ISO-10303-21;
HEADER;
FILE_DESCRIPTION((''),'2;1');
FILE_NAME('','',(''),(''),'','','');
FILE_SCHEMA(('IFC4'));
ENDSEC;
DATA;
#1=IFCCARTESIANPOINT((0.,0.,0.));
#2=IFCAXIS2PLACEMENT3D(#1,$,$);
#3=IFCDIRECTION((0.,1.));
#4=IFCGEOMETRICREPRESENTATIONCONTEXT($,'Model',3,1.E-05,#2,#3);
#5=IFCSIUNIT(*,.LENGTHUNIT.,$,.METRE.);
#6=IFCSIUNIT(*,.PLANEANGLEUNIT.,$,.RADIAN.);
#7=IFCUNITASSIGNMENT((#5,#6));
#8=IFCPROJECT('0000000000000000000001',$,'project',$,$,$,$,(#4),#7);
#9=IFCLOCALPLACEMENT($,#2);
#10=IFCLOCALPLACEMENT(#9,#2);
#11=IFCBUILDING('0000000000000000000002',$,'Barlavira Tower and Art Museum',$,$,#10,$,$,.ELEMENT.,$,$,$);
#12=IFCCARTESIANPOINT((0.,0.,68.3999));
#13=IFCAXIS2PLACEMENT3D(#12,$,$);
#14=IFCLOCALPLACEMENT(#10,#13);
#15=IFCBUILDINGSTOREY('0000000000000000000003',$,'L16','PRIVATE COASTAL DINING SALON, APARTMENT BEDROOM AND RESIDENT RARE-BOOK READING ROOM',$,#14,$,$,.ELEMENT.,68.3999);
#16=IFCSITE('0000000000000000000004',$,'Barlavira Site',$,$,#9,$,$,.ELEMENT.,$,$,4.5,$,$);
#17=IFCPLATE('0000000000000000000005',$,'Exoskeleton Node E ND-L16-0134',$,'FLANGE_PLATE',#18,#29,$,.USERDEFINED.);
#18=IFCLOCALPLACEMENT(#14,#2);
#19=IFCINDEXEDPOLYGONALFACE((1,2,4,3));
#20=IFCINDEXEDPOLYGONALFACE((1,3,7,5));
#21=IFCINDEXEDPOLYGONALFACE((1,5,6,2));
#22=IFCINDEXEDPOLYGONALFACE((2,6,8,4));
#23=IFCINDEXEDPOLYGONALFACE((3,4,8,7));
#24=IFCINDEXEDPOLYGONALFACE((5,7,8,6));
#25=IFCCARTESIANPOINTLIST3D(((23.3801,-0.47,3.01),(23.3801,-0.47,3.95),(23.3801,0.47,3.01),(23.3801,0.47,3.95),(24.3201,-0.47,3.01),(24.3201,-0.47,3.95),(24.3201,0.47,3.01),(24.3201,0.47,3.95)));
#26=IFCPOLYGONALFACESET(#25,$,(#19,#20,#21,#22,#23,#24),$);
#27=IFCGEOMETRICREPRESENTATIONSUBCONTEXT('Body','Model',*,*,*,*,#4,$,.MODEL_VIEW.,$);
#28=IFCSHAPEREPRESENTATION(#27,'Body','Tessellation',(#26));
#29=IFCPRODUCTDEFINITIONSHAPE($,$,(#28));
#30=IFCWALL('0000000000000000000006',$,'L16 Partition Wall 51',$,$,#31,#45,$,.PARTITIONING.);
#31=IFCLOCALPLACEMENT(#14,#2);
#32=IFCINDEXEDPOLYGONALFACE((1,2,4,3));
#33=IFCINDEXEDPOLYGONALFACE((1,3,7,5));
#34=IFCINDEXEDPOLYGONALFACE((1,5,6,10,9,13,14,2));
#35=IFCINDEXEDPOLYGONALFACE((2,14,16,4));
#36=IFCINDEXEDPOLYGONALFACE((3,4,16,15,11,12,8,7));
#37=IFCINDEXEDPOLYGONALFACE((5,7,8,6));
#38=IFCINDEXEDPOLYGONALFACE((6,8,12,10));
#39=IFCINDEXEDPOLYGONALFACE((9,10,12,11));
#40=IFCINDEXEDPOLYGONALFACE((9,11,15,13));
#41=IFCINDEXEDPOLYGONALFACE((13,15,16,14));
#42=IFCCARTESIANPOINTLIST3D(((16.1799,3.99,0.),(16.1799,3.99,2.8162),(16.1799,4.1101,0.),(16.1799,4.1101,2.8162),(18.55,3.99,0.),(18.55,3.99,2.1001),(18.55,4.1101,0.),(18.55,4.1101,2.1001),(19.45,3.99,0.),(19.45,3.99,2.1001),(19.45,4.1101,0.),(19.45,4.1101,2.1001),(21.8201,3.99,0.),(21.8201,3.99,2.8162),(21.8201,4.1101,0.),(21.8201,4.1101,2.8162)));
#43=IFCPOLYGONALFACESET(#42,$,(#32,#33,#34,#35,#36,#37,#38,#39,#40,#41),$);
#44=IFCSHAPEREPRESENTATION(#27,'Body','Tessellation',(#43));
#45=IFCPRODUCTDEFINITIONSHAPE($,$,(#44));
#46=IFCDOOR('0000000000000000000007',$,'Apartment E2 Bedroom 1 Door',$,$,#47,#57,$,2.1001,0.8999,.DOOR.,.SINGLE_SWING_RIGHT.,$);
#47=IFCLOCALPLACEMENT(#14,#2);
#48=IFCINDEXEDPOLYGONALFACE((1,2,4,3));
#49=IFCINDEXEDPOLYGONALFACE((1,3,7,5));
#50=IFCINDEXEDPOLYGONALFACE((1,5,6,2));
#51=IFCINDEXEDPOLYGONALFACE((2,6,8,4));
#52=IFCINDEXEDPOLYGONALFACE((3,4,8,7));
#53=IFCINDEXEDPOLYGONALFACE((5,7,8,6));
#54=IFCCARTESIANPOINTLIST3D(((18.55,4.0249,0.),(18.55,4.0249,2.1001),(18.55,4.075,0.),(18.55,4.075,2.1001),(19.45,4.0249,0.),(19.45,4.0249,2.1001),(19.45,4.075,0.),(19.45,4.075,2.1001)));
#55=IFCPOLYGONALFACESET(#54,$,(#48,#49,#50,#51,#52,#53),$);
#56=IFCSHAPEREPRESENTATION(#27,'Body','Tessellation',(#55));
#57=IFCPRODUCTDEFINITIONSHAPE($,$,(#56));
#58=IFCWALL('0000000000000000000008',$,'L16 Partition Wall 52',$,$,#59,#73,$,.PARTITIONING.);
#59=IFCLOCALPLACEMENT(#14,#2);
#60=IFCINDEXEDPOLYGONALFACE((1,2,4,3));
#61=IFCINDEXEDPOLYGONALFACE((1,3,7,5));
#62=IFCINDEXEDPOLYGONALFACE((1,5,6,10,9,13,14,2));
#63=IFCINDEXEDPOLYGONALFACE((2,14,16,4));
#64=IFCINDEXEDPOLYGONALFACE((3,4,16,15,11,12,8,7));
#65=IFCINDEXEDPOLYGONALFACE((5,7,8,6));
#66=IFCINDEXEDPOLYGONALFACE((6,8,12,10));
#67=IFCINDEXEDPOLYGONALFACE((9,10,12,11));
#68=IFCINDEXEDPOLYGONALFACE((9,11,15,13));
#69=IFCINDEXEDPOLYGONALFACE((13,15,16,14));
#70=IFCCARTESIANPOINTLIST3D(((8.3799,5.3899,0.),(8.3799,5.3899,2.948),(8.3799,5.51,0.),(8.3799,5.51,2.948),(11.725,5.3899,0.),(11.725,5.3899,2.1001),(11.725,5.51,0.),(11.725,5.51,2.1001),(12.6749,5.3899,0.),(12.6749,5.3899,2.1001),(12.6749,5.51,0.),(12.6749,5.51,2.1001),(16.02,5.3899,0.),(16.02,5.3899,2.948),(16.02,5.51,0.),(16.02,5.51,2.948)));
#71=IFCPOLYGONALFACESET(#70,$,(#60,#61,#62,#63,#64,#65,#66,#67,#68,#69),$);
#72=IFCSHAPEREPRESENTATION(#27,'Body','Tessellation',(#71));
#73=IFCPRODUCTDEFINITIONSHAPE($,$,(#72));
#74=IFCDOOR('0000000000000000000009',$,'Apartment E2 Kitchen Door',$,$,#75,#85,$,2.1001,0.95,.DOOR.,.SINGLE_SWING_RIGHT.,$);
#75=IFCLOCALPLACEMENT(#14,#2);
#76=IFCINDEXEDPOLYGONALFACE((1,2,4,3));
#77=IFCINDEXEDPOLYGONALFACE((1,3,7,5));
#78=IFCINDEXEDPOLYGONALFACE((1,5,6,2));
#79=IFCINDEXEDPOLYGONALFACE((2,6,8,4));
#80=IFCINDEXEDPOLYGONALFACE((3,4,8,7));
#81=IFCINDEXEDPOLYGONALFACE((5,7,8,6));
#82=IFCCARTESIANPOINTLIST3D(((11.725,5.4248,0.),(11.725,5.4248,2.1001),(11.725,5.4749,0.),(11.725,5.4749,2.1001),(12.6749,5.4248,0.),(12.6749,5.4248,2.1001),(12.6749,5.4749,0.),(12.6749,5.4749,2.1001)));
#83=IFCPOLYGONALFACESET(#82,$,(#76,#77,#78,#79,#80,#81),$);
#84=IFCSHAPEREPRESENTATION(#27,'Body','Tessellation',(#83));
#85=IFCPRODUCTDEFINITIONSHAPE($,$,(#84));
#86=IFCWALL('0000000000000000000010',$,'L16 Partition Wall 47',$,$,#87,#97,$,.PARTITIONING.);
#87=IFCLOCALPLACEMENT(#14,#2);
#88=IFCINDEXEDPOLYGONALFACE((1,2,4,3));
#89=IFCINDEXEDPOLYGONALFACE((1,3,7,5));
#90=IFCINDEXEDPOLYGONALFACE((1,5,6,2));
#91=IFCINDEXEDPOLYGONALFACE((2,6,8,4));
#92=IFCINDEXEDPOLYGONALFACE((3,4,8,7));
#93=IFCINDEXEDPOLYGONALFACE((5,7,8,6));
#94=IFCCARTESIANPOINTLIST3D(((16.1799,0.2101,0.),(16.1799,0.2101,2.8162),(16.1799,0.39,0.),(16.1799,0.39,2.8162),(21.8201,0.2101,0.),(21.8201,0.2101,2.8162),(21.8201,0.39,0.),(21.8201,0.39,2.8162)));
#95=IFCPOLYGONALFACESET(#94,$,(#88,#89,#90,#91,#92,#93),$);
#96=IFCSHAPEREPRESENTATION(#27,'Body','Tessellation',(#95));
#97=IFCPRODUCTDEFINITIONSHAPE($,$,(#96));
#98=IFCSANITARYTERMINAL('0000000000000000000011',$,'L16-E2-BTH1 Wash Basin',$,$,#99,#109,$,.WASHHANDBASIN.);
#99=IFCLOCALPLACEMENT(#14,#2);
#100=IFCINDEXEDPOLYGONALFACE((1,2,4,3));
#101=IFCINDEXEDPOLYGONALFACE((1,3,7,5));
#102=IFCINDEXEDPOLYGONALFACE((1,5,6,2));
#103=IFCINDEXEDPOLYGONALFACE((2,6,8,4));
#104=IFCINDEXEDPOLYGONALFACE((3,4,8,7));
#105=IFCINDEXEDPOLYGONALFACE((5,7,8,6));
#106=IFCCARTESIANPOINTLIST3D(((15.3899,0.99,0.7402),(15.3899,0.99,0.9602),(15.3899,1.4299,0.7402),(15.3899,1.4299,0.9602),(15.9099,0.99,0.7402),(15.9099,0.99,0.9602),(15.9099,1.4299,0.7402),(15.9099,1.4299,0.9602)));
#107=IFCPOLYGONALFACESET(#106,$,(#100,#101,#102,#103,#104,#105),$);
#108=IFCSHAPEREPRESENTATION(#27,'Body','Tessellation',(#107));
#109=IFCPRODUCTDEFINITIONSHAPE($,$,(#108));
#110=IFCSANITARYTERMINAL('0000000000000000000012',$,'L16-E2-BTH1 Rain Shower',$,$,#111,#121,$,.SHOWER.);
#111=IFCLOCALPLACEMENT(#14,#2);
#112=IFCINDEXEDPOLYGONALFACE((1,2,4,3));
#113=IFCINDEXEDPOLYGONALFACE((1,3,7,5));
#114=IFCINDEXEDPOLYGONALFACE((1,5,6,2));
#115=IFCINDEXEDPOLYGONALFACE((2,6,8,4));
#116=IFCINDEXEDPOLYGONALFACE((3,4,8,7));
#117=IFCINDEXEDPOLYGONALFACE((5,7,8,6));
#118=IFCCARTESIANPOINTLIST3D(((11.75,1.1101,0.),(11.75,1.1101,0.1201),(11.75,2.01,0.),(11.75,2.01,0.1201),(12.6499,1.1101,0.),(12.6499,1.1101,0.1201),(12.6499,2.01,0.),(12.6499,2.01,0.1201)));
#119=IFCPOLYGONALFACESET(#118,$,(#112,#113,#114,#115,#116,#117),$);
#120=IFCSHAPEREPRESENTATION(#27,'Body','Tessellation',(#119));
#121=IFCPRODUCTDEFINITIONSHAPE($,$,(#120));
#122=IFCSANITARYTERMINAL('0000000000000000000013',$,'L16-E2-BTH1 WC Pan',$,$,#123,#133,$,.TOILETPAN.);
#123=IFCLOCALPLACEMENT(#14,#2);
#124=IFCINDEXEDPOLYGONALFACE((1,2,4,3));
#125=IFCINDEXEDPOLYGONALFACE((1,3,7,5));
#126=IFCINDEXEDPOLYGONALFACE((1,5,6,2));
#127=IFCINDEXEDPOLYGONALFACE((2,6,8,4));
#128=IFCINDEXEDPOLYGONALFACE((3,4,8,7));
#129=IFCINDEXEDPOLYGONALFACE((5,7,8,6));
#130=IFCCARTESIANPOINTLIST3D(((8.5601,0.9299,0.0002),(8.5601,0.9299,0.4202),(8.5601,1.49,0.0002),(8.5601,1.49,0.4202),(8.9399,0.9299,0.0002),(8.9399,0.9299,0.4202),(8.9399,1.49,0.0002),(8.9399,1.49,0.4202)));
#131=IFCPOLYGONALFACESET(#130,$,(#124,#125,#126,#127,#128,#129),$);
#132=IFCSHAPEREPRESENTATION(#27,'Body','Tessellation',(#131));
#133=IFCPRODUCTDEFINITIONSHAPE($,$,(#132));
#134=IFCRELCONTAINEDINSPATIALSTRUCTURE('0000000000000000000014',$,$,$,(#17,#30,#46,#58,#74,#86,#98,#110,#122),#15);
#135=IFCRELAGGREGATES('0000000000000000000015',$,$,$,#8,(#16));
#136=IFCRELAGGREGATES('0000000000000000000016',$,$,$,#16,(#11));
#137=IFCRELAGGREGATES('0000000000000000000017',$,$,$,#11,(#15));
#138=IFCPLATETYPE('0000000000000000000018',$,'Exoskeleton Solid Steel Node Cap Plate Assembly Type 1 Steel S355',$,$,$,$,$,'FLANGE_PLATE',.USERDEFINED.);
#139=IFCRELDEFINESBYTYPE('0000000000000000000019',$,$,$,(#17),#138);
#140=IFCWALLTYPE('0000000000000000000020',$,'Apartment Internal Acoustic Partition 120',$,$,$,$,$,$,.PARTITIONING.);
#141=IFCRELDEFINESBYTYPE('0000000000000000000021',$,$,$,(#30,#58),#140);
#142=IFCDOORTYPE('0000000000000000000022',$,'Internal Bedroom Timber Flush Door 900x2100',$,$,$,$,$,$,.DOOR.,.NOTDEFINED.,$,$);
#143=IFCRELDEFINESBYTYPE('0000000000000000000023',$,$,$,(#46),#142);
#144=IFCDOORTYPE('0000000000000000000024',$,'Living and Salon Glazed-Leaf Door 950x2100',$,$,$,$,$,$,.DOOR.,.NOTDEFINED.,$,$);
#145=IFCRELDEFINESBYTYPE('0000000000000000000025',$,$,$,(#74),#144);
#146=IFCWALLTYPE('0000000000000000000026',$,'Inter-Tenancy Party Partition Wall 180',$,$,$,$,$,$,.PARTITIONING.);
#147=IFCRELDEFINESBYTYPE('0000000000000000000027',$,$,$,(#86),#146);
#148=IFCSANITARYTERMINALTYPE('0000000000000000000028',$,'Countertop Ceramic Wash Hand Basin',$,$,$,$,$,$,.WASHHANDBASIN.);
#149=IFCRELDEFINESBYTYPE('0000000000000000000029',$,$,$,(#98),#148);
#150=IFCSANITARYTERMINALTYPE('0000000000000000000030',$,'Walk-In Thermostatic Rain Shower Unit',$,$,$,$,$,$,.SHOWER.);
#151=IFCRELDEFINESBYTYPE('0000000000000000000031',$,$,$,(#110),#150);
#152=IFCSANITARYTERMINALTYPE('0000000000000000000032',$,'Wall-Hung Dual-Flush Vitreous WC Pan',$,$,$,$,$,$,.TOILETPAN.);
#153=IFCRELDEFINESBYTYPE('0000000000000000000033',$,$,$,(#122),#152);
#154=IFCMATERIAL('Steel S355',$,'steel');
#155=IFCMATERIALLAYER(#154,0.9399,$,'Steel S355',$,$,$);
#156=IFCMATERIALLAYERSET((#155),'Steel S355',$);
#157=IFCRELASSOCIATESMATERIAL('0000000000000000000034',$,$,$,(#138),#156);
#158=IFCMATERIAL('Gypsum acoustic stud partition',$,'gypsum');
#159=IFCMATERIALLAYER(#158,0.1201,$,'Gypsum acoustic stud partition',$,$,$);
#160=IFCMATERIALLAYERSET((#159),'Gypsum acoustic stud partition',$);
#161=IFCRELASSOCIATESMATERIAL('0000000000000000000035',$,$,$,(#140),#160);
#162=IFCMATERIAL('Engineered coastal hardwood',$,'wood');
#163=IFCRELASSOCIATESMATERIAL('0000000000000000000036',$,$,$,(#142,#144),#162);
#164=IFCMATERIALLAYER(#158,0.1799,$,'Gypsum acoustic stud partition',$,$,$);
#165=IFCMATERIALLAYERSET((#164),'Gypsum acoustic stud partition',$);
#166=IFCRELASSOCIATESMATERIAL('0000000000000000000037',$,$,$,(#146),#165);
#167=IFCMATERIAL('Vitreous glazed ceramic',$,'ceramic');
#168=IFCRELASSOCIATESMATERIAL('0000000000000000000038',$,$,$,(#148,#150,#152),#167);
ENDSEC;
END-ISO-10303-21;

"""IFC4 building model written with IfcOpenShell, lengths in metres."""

from ifc_helpers import new_model, si_unit, direction, frame, frame_2d, origin, origin_2d, place, context, subcontext, project, spatial, rectangle, extrude, material, layer, layer_set, type_object, element, fill, save


model = new_model("IFC4")

# Units and contexts
model_context = context("Model", 3, precision=1e-05, world=origin(), true_north=direction((0.0, 1.0)))
body_context = subcontext(model_context, "Body", "Model", "MODEL_VIEW")
ifc_project = project(units=[si_unit("LENGTHUNIT", "METRE"), si_unit("PLANEANGLEUNIT", "RADIAN")], contexts=[model_context])

# Site, building, storey
site_placement = place(None, origin())
site = spatial("IfcSite", under=ifc_project, at=site_placement, Name="Barlavira Site", CompositionType="ELEMENT", RefElevation=4.5)
building_placement = place(site_placement, origin())
building = spatial("IfcBuilding", under=site, at=building_placement, Name="Barlavira Tower and Art Museum", CompositionType="ELEMENT")
storey_placement = place(building_placement, frame((0.0, 0.0, 68.3999)))
storey = spatial("IfcBuildingStorey", under=building, at=storey_placement, Name="L16", Description="PRIVATE COASTAL DINING SALON, APARTMENT BEDROOM AND RESIDENT RARE-BOOK READING ROOM", CompositionType="ELEMENT", Elevation=68.3999)

# Shared definitions
ifc_material_1 = material(Name="Steel S355", Category="steel")

# Plate
ifc_layer_1 = layer(ifc_material_1, 0.9399, Name="Steel S355")
ifc_layer_set_1 = layer_set([ifc_layer_1], Name="Steel S355")
plate_type_1 = type_object("IfcPlateType", Name="Exoskeleton Solid Steel Node Cap Plate Assembly Type 1 Steel S355", ElementType="FLANGE_PLATE", PredefinedType="USERDEFINED", material=ifc_layer_set_1)
plate_1_placement = place(storey_placement, frame((23.8501, 0.0, 3.01), z_axis=(0.0, 0.0, 1.0), x_axis=(1.0, 0.0, 0.0)))
element("IfcPlate", 1, at=plate_1_placement, inside=storey, type_object=plate_type_1, Name="Exoskeleton Node E ND-L16-0134", ObjectType="FLANGE_PLATE", PredefinedType="USERDEFINED", context=body_context, shape_type="SweptSolid", body=[
    extrude(rectangle(XDim=0.9399, YDim=0.9399, at=origin_2d()), origin(), (0.0, 0.0, 1.0), 0.9399),
])

# Walls, openings, doors
ifc_material_2 = material(Name="Gypsum acoustic stud partition", Category="gypsum")
ifc_layer_2 = layer(ifc_material_2, 0.1201, Name="Gypsum acoustic stud partition")
ifc_layer_set_2 = layer_set([ifc_layer_2], Name="Gypsum acoustic stud partition")
wall_type_1 = type_object("IfcWallType", Name="Apartment Internal Acoustic Partition 120", PredefinedType="PARTITIONING", material=ifc_layer_set_2)
wall_1_placement = place(storey_placement, frame((16.1799, 4.05, 0.0), z_axis=(0.0, 0.0, 1.0), x_axis=(1.0, 0.0, 0.0)))
wall_1 = element("IfcWall", 2, at=wall_1_placement, inside=storey, type_object=wall_type_1, Name="L16 Partition Wall 51", PredefinedType="PARTITIONING", context=body_context, shape_type="SweptSolid", body=[
    extrude(rectangle(XDim=5.6401, YDim=0.1201, at=frame_2d((2.8201, 0.0))), origin(), (0.0, 0.0, 1.0), 2.8162),
])
opening_1_placement = place(wall_1_placement, frame((2.3701, 0.0, 0.0)))
opening_1 = element("IfcOpeningElement", 3, at=opening_1_placement, cuts=wall_1, PredefinedType="OPENING", context=body_context, shape_type="SweptSolid", body=[
    extrude(rectangle(XDim=0.8999, YDim=2.1001, at=frame_2d((0.45, 1.05))), frame((0.0, 0.0701, 0.0), z_axis=(0.0, -1.0, 0.0), x_axis=(1.0, 0.0, 0.0)), (0.0, 0.0, 1.0), 0.1401),
])
ifc_material_3 = material(Name="Engineered coastal hardwood", Category="wood")
door_type_1 = type_object("IfcDoorType", Name="Internal Bedroom Timber Flush Door 900x2100", OperationType="NOTDEFINED", PredefinedType="DOOR", material=ifc_material_3)
door_1_placement = place(opening_1_placement, origin())
door_1 = element("IfcDoor", 4, at=door_1_placement, inside=storey, type_object=door_type_1, Name="Apartment E2 Bedroom 1 Door", OperationType="SINGLE_SWING_RIGHT", OverallHeight=2.1001, OverallWidth=0.8999, PredefinedType="DOOR", context=body_context, shape_type="SweptSolid", body=[
    extrude(rectangle(XDim=0.8999, YDim=2.1001, at=frame_2d((0.45, 1.05))), frame((0.0, 0.0249, 0.0), z_axis=(0.0, -1.0, 0.0), x_axis=(1.0, 0.0, 0.0)), (0.0, 0.0, 1.0), 0.05),
])
fill(opening_1, door_1)
wall_2_placement = place(storey_placement, frame((8.3799, 5.45, 0.0), z_axis=(0.0, 0.0, 1.0), x_axis=(1.0, 0.0, 0.0)))
wall_2 = element("IfcWall", 5, at=wall_2_placement, inside=storey, type_object=wall_type_1, Name="L16 Partition Wall 52", PredefinedType="PARTITIONING", context=body_context, shape_type="SweptSolid", body=[
    extrude(rectangle(XDim=7.6401, YDim=0.1201, at=frame_2d((3.8201, 0.0))), origin(), (0.0, 0.0, 1.0), 2.948),
])
opening_2_placement = place(wall_2_placement, frame((3.345, 0.0, 0.0)))
opening_2 = element("IfcOpeningElement", 6, at=opening_2_placement, cuts=wall_2, PredefinedType="OPENING", context=body_context, shape_type="SweptSolid", body=[
    extrude(rectangle(XDim=0.95, YDim=2.1001, at=frame_2d((0.4751, 1.05))), frame((0.0, 0.0701, 0.0), z_axis=(0.0, -1.0, 0.0), x_axis=(1.0, 0.0, 0.0)), (0.0, 0.0, 1.0), 0.1401),
])
door_type_2 = type_object("IfcDoorType", Name="Living and Salon Glazed-Leaf Door 950x2100", OperationType="NOTDEFINED", PredefinedType="DOOR", material=ifc_material_3)
door_2_placement = place(opening_2_placement, origin())
door_2 = element("IfcDoor", 7, at=door_2_placement, inside=storey, type_object=door_type_2, Name="Apartment E2 Kitchen Door", OperationType="SINGLE_SWING_RIGHT", OverallHeight=2.1001, OverallWidth=0.95, PredefinedType="DOOR", context=body_context, shape_type="SweptSolid", body=[
    extrude(rectangle(XDim=0.95, YDim=2.1001, at=frame_2d((0.4751, 1.05))), frame((0.0, 0.0249, 0.0), z_axis=(0.0, -1.0, 0.0), x_axis=(1.0, 0.0, 0.0)), (0.0, 0.0, 1.0), 0.05),
])
fill(opening_2, door_2)

# Wall
ifc_layer_3 = layer(ifc_material_2, 0.1799, Name="Gypsum acoustic stud partition")
ifc_layer_set_3 = layer_set([ifc_layer_3], Name="Gypsum acoustic stud partition")
wall_type_2 = type_object("IfcWallType", Name="Inter-Tenancy Party Partition Wall 180", PredefinedType="PARTITIONING", material=ifc_layer_set_3)
wall_3_placement = place(storey_placement, frame((16.1799, 0.3, 0.0), z_axis=(0.0, 0.0, 1.0), x_axis=(1.0, 0.0, 0.0)))
element("IfcWall", 8, at=wall_3_placement, inside=storey, type_object=wall_type_2, Name="L16 Partition Wall 47", PredefinedType="PARTITIONING", context=body_context, shape_type="SweptSolid", body=[
    extrude(rectangle(XDim=5.6401, YDim=0.1799, at=frame_2d((2.8201, 0.0))), origin(), (0.0, 0.0, 1.0), 2.8162),
])

# Sanitary terminals
ifc_material_4 = material(Name="Vitreous glazed ceramic", Category="ceramic")
sanitary_terminal_type_1 = type_object("IfcSanitaryTerminalType", Name="Countertop Ceramic Wash Hand Basin", PredefinedType="WASHHANDBASIN", material=ifc_material_4)
sanitary_terminal_1_placement = place(storey_placement, frame((15.6499, 1.21, 0.7402), z_axis=(0.0, 0.0, 1.0), x_axis=(1.0, 0.0, 0.0)))
element("IfcSanitaryTerminal", 9, at=sanitary_terminal_1_placement, inside=storey, type_object=sanitary_terminal_type_1, Name="L16-E2-BTH1 Wash Basin", PredefinedType="WASHHANDBASIN", context=body_context, shape_type="SweptSolid", body=[
    extrude(rectangle(XDim=0.52, YDim=0.4399, at=origin_2d()), origin(), (0.0, 0.0, 1.0), 0.22),
])
sanitary_terminal_type_2 = type_object("IfcSanitaryTerminalType", Name="Walk-In Thermostatic Rain Shower Unit", PredefinedType="SHOWER", material=ifc_material_4)
sanitary_terminal_2_placement = place(storey_placement, frame((12.2, 1.5601, 0.0), z_axis=(0.0, 0.0, 1.0), x_axis=(1.0, 0.0, 0.0)))
element("IfcSanitaryTerminal", 10, at=sanitary_terminal_2_placement, inside=storey, type_object=sanitary_terminal_type_2, Name="L16-E2-BTH1 Rain Shower", PredefinedType="SHOWER", context=body_context, shape_type="SweptSolid", body=[
    extrude(rectangle(XDim=0.8999, YDim=0.8999, at=origin_2d()), origin(), (0.0, 0.0, 1.0), 0.1201),
])
sanitary_terminal_type_3 = type_object("IfcSanitaryTerminalType", Name="Wall-Hung Dual-Flush Vitreous WC Pan", PredefinedType="TOILETPAN", material=ifc_material_4)
sanitary_terminal_3_placement = place(storey_placement, frame((8.75, 1.21, 0.0002), z_axis=(0.0, 0.0, 1.0), x_axis=(1.0, 0.0, 0.0)))
element("IfcSanitaryTerminal", 11, at=sanitary_terminal_3_placement, inside=storey, type_object=sanitary_terminal_type_3, Name="L16-E2-BTH1 WC Pan", PredefinedType="TOILETPAN", context=body_context, shape_type="SweptSolid", body=[
    extrude(rectangle(XDim=0.3799, YDim=0.5601, at=origin_2d()), origin(), (0.0, 0.0, 1.0), 0.4199),
])

save(model, "model.ifc")
